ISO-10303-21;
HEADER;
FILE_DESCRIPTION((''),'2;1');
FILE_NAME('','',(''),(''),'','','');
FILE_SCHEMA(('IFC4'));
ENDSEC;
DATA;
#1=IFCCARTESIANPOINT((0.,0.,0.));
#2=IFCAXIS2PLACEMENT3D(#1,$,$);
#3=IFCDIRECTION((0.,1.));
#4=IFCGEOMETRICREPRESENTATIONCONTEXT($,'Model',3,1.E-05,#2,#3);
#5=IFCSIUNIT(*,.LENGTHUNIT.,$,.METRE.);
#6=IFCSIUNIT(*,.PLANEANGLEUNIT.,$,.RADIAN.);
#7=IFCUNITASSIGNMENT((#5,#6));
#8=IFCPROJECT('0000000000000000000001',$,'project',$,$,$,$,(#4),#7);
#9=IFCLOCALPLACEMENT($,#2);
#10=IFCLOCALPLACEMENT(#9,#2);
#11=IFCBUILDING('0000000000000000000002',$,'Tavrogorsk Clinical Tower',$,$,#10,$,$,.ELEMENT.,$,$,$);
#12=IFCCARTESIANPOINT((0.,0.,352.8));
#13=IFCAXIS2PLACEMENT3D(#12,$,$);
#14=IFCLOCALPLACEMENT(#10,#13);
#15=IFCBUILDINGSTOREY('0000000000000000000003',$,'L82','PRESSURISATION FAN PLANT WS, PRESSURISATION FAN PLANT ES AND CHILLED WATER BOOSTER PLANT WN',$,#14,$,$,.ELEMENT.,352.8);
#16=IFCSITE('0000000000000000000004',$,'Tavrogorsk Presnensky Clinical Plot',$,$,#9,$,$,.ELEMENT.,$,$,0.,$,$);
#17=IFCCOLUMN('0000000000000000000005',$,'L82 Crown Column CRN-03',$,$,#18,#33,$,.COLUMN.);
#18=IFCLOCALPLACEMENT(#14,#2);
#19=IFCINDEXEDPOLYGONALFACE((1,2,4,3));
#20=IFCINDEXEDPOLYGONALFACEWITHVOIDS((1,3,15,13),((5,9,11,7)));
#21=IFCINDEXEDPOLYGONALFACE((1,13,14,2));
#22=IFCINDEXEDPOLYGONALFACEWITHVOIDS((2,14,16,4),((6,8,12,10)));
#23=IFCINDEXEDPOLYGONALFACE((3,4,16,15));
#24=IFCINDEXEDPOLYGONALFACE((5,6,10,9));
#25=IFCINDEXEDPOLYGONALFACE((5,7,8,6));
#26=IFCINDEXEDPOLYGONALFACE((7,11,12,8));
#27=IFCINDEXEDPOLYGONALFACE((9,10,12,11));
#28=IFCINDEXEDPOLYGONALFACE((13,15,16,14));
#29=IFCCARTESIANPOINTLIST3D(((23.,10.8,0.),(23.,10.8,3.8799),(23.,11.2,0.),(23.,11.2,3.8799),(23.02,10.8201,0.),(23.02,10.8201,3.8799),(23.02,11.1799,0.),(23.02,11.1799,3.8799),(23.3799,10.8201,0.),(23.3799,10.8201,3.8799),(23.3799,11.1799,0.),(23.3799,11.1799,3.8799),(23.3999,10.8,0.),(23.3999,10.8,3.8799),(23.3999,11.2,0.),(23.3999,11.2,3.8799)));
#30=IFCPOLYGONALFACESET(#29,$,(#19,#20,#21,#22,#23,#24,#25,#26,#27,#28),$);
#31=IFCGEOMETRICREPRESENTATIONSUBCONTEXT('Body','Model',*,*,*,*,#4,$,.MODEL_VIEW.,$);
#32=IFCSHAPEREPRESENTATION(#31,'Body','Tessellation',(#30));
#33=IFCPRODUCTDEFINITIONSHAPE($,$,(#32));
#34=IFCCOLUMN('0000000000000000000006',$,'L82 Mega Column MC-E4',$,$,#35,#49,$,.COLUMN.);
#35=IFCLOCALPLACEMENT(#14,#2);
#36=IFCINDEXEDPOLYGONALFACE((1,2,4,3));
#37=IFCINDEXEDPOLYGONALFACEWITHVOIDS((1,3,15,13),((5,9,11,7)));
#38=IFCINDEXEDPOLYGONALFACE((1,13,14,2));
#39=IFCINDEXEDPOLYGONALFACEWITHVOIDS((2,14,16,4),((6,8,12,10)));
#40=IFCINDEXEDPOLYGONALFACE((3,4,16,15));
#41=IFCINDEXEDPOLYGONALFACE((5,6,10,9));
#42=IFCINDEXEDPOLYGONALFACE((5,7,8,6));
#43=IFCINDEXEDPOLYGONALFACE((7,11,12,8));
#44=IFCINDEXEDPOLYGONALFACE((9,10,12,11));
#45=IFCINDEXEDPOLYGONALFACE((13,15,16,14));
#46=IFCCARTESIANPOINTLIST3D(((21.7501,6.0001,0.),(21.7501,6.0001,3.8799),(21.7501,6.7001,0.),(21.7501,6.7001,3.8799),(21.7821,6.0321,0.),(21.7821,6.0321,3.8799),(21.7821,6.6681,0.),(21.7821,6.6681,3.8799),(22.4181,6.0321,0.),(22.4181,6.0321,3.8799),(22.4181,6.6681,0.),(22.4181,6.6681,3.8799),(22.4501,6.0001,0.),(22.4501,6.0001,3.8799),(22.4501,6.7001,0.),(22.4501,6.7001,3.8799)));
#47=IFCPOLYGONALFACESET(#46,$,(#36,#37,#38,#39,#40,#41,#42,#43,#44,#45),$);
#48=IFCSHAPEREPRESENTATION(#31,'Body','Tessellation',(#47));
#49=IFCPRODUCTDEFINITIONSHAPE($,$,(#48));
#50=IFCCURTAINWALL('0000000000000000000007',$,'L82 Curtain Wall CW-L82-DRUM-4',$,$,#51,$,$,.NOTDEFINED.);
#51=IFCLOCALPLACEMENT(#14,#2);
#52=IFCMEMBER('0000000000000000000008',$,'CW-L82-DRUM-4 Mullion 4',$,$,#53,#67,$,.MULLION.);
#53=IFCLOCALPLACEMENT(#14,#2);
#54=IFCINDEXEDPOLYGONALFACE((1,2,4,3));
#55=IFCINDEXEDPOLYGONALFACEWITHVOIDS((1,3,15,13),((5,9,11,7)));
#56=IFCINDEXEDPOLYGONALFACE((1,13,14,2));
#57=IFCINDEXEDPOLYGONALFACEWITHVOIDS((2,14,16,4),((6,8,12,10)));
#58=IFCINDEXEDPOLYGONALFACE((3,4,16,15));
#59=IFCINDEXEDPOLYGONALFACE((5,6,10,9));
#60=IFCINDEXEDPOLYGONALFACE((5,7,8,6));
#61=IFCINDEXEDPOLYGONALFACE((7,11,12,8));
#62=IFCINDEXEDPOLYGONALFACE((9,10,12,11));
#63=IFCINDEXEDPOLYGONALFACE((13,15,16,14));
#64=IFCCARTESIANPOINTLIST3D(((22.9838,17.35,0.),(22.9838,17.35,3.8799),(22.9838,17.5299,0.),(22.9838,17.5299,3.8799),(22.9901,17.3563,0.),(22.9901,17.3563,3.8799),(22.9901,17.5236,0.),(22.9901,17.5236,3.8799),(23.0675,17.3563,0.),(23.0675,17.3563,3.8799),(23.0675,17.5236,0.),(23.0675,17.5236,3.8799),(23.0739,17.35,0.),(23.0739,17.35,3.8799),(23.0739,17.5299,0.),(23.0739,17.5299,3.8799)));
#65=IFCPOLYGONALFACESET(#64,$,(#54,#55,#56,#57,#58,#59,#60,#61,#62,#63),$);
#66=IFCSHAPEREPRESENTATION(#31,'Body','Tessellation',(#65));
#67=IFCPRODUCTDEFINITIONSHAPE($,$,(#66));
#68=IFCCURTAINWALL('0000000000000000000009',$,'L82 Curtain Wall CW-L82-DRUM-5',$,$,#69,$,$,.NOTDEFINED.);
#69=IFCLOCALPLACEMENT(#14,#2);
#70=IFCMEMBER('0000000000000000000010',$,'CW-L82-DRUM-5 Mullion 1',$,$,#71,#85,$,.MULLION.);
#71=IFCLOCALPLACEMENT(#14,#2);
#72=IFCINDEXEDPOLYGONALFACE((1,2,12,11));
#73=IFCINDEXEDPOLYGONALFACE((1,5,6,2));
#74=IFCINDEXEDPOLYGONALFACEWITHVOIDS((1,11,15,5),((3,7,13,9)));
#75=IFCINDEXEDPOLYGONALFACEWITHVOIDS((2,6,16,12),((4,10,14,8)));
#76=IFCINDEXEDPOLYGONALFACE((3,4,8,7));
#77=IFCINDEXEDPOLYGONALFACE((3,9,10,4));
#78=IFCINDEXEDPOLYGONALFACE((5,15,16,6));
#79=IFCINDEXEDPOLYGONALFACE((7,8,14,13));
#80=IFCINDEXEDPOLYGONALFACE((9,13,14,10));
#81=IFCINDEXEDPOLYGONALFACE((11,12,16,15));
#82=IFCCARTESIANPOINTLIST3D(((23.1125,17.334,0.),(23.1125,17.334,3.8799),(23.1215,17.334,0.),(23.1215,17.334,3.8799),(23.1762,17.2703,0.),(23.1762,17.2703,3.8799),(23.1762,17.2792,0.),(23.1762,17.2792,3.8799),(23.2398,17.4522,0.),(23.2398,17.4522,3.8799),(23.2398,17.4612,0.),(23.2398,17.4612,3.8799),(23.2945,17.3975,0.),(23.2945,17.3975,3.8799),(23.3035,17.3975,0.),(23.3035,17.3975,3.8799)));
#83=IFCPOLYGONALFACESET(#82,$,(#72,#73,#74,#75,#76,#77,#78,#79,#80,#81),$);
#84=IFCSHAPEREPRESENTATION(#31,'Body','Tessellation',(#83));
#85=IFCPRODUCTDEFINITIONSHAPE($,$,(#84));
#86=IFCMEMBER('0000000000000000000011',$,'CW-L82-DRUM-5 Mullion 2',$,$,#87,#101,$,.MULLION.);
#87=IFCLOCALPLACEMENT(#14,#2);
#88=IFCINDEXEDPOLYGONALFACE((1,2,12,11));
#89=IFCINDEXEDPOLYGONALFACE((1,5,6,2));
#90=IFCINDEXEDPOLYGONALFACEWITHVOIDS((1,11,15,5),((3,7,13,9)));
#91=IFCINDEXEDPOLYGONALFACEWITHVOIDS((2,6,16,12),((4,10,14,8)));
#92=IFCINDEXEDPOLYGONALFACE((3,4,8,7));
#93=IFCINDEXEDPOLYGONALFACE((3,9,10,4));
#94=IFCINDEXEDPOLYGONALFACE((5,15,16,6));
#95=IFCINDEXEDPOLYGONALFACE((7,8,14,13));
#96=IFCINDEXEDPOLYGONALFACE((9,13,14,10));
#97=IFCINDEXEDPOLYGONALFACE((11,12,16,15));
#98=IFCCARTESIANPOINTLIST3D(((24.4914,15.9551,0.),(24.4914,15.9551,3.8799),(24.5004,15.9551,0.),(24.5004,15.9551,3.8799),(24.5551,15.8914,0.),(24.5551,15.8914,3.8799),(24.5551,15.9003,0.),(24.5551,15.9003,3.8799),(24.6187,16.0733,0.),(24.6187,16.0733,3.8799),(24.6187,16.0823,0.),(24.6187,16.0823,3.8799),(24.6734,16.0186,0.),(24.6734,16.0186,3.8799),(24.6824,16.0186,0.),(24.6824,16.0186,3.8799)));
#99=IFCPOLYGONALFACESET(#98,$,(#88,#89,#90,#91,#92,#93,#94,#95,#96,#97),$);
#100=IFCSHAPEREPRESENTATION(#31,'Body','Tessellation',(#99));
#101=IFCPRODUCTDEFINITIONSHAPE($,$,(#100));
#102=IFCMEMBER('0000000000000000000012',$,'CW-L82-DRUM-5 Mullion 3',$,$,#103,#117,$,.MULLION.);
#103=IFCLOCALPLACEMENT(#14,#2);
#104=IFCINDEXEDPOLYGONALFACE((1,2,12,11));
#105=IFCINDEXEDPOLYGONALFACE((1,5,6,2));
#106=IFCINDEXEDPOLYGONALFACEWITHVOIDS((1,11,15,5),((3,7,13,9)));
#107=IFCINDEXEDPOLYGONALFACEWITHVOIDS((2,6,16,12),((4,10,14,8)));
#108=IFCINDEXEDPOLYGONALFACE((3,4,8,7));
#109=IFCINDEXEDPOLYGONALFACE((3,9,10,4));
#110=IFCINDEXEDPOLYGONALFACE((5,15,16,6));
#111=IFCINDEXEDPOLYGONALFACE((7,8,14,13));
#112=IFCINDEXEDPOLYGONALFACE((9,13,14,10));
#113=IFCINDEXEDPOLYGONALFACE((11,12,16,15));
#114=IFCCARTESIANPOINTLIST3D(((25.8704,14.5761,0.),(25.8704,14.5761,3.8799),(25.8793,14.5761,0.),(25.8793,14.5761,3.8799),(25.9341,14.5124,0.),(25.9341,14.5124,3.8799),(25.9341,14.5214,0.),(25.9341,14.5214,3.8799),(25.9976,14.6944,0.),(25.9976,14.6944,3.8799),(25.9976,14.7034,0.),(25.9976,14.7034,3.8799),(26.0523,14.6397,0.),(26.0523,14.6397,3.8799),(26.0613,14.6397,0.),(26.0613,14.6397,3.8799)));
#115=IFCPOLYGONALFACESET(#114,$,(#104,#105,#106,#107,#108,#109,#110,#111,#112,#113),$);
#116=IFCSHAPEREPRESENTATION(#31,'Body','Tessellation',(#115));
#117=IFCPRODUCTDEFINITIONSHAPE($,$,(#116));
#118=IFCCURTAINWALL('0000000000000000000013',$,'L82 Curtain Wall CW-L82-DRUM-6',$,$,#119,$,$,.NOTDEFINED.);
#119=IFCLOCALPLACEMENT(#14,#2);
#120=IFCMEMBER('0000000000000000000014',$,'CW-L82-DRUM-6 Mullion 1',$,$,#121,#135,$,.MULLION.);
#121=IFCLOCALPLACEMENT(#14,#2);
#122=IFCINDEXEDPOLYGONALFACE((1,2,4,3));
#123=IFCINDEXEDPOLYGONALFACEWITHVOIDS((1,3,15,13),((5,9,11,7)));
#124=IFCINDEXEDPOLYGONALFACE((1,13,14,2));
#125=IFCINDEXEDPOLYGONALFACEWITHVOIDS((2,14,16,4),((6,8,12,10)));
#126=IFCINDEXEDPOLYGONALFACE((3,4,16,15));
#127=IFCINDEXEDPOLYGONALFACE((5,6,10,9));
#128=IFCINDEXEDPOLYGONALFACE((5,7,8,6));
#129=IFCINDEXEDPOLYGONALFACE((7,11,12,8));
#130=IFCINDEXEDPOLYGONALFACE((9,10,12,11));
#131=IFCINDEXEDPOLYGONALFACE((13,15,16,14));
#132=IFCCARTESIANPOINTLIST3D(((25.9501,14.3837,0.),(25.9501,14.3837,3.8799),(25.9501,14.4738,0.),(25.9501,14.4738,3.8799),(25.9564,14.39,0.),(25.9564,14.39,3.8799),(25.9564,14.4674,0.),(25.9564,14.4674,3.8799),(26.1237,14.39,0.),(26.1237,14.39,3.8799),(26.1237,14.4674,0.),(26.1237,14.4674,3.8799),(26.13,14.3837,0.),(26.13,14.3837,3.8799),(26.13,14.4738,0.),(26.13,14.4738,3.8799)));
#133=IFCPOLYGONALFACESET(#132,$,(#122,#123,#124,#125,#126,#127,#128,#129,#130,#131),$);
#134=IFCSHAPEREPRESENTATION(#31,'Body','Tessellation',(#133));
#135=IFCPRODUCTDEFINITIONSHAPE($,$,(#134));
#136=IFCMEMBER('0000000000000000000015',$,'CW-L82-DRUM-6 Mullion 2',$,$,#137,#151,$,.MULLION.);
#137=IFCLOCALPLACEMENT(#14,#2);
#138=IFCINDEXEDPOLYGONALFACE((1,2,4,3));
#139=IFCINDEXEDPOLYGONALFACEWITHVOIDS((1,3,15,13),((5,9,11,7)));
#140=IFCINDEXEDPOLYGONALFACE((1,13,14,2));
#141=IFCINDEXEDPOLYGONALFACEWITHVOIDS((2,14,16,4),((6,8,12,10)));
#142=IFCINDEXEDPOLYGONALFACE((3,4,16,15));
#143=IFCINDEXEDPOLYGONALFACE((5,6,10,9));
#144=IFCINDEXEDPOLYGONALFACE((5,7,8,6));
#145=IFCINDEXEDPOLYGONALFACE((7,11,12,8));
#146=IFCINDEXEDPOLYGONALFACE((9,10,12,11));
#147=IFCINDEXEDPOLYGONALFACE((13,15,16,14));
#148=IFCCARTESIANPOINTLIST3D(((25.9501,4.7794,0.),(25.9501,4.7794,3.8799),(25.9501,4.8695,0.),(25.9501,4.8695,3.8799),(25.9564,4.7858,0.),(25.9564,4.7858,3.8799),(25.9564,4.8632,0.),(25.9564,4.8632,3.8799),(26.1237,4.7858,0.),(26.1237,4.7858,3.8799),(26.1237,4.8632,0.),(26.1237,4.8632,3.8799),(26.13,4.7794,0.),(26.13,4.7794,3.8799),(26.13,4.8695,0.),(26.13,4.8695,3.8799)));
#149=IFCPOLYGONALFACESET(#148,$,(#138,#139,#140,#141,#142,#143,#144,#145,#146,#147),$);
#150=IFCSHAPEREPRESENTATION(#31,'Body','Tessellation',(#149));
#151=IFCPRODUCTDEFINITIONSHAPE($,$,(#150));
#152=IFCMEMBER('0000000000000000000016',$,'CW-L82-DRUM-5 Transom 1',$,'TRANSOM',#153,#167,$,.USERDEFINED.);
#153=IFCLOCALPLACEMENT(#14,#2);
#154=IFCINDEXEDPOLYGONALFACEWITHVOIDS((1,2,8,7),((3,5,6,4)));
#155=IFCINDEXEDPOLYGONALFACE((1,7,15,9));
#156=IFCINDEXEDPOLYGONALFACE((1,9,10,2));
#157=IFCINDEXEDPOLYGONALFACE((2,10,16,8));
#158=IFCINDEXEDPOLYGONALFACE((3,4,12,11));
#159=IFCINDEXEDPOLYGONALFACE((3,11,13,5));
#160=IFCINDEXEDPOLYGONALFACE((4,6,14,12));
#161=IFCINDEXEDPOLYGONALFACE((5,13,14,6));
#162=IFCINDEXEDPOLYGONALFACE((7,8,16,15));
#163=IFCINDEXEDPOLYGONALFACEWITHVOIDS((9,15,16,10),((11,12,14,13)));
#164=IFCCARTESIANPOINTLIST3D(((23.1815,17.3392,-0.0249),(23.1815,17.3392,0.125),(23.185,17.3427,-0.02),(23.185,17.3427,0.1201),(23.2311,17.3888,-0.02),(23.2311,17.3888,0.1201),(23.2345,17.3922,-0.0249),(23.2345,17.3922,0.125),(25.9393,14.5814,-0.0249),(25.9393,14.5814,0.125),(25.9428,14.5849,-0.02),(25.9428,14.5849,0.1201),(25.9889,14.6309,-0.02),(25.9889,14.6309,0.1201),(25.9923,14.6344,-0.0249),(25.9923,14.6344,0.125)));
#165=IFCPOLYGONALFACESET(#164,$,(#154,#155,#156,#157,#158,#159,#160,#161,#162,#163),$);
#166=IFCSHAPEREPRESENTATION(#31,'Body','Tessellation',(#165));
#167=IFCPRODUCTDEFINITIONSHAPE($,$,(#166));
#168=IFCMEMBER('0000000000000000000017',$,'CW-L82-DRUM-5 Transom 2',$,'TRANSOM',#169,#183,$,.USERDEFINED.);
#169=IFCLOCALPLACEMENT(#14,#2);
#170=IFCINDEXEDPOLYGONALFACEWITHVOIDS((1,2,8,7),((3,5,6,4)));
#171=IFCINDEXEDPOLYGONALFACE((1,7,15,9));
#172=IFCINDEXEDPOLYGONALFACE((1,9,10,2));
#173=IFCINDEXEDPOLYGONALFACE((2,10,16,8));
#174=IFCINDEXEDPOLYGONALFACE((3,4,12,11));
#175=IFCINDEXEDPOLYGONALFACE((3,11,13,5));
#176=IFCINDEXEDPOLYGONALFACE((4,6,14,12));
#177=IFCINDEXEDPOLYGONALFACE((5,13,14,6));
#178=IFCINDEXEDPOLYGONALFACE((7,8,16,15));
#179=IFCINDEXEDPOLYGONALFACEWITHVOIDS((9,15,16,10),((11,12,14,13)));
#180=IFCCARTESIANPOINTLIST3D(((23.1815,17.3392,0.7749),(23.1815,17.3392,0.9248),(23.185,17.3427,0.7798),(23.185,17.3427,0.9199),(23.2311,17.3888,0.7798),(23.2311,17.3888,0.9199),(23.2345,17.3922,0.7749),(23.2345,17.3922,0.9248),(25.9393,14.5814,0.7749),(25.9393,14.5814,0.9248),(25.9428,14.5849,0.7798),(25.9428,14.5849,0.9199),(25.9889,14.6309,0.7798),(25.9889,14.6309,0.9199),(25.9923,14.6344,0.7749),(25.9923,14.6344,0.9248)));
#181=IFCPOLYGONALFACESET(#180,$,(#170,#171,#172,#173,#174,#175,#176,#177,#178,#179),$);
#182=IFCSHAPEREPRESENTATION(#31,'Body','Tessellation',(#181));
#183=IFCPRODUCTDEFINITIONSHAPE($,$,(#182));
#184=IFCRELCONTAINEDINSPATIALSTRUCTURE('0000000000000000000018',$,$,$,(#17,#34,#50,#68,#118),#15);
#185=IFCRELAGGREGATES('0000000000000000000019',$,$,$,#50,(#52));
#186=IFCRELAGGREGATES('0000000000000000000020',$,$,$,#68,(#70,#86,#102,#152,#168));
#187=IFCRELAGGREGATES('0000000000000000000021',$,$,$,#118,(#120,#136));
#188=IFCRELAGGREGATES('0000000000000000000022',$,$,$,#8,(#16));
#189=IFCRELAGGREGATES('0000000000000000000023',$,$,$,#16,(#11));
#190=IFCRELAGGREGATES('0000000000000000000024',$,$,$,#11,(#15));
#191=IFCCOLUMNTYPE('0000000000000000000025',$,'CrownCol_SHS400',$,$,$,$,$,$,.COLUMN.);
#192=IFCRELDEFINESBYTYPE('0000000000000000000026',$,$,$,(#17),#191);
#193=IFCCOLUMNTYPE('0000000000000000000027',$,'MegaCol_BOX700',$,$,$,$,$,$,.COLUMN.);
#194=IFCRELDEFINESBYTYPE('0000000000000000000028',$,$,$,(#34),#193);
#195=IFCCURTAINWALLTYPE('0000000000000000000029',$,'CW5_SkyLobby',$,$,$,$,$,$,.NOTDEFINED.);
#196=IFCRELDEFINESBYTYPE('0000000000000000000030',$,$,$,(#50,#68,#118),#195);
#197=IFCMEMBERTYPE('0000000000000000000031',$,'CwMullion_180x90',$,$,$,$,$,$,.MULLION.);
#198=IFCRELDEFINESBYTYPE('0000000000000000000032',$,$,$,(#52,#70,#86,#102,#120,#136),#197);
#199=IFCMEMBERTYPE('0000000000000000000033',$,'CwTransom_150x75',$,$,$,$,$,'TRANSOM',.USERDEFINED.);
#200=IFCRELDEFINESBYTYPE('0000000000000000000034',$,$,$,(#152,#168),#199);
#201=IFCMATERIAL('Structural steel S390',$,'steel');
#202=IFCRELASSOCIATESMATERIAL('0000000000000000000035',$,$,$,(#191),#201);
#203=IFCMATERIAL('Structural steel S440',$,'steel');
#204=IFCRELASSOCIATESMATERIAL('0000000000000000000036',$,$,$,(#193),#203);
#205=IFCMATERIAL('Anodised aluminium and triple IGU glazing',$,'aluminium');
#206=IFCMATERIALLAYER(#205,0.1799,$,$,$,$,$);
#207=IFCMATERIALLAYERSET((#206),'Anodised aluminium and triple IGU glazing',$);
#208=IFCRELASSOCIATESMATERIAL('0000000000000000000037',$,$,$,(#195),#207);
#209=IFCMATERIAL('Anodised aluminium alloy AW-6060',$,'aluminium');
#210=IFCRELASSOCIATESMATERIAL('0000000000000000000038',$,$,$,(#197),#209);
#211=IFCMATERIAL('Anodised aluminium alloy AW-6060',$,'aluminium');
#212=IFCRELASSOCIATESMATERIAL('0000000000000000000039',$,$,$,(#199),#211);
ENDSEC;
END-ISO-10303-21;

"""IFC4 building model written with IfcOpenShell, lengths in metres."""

from ifc_helpers import new_model, si_unit, direction, frame, origin, origin_2d, place, context, subcontext, project, spatial, hollow_rectangle, extrude, material, layer, layer_set, material_profile, profile_set, type_object, element, aggregate, save


model = new_model("IFC4")

# Units and contexts
model_context = context("Model", 3, precision=1e-05, world=origin(), true_north=direction((0.0, 1.0)))
body_context = subcontext(model_context, "Body", "Model", "MODEL_VIEW")
ifc_project = project(units=[si_unit("LENGTHUNIT", "METRE"), si_unit("PLANEANGLEUNIT", "RADIAN")], contexts=[model_context])

# Site, building, storey
site_placement = place(None, origin())
site = spatial("IfcSite", under=ifc_project, at=site_placement, Name="Tavrogorsk Presnensky Clinical Plot", CompositionType="ELEMENT", RefElevation=0.0)
building_placement = place(site_placement, origin())
building = spatial("IfcBuilding", under=site, at=building_placement, Name="Tavrogorsk Clinical Tower", CompositionType="ELEMENT")
storey_placement = place(building_placement, frame((0.0, 0.0, 352.8)))
storey = spatial("IfcBuildingStorey", under=building, at=storey_placement, Name="L82", Description="PRESSURISATION FAN PLANT WS, PRESSURISATION FAN PLANT ES AND CHILLED WATER BOOSTER PLANT WN", CompositionType="ELEMENT", Elevation=352.8)

# Columns
ifc_material_1 = material(Name="Structural steel S390", Category="steel")
ifc_material_profile_1 = material_profile(ifc_material_1, hollow_rectangle(XDim=0.3999, YDim=0.3999, WallThickness=0.02, at=origin_2d()), Name="SHS-400x400x20")
ifc_profile_set_1 = profile_set([ifc_material_profile_1], Name="Structural steel S390")
column_type_1 = type_object("IfcColumnType", Name="CrownCol_SHS400", PredefinedType="COLUMN", material=ifc_profile_set_1)
column_1_placement = place(storey_placement, frame((23.2, 11.0, 0.0), z_axis=(0.0, 0.0, 1.0), x_axis=(1.0, 0.0, 0.0)))
element("IfcColumn", 1, at=column_1_placement, inside=storey, type_object=column_type_1, Name="L82 Crown Column CRN-03", PredefinedType="COLUMN", context=body_context, shape_type="SweptSolid", body=[
    extrude(hollow_rectangle(XDim=0.3999, YDim=0.3999, WallThickness=0.02, at=origin_2d()), origin(), (0.0, 0.0, 1.0), 3.8799),
])
ifc_material_2 = material(Name="Structural steel S440", Category="steel")
ifc_material_profile_2 = material_profile(ifc_material_2, hollow_rectangle(XDim=0.7, YDim=0.7, WallThickness=0.032, at=origin_2d()), Name="BOX-700x700x32")
ifc_profile_set_2 = profile_set([ifc_material_profile_2], Name="Structural steel S440")
column_type_2 = type_object("IfcColumnType", Name="MegaCol_BOX700", PredefinedType="COLUMN", material=ifc_profile_set_2)
column_2_placement = place(storey_placement, frame((22.1001, 6.3501, 0.0), z_axis=(0.0, 0.0, 1.0), x_axis=(1.0, 0.0, 0.0)))
element("IfcColumn", 2, at=column_2_placement, inside=storey, type_object=column_type_2, Name="L82 Mega Column MC-E4", PredefinedType="COLUMN", context=body_context, shape_type="SweptSolid", body=[
    extrude(hollow_rectangle(XDim=0.7, YDim=0.7, WallThickness=0.032, at=origin_2d()), origin(), (0.0, 0.0, 1.0), 3.8799),
])

# Curtain wall, member
ifc_material_3 = material(Name="Anodised aluminium and triple IGU glazing", Category="aluminium")
ifc_layer_1 = layer(ifc_material_3, 0.1799)
ifc_layer_set_1 = layer_set([ifc_layer_1], Name="Anodised aluminium and triple IGU glazing")
curtain_wall_type = type_object("IfcCurtainWallType", Name="CW5_SkyLobby", PredefinedType="NOTDEFINED", material=ifc_layer_set_1)
curtain_wall_1_placement = place(storey_placement, origin())
curtain_wall_1 = element("IfcCurtainWall", 3, at=curtain_wall_1_placement, inside=storey, type_object=curtain_wall_type, Name="L82 Curtain Wall CW-L82-DRUM-4", PredefinedType="NOTDEFINED")
ifc_material_4 = material(Name="Anodised aluminium alloy AW-6060", Category="aluminium")
ifc_material_profile_3 = material_profile(ifc_material_4, hollow_rectangle(XDim=0.0901, YDim=0.1799, WallThickness=0.0063, at=origin_2d()), Name="RHS-180x90x6.3")
ifc_profile_set_3 = profile_set([ifc_material_profile_3], Name="Anodised aluminium alloy AW-6060")
member_type_1 = type_object("IfcMemberType", Name="CwMullion_180x90", PredefinedType="MULLION", material=ifc_profile_set_3)
member_1_placement = place(storey_placement, frame((23.0288, 17.4399, 0.0), z_axis=(0.0, 0.0, 1.0), x_axis=(1.0, 0.0, 0.0)))
member_1 = element("IfcMember", 4, at=member_1_placement, type_object=member_type_1, Name="CW-L82-DRUM-4 Mullion 4", PredefinedType="MULLION", context=body_context, shape_type="SweptSolid", body=[
    extrude(hollow_rectangle(XDim=0.0901, YDim=0.1799, WallThickness=0.0063, at=origin_2d()), origin(), (0.0, 0.0, 1.0), 3.8799),
])
aggregate(curtain_wall_1, [member_1])

# Curtain walls, members
curtain_wall_2_placement = place(storey_placement, origin())
curtain_wall_2 = element("IfcCurtainWall", 5, at=curtain_wall_2_placement, inside=storey, type_object=curtain_wall_type, Name="L82 Curtain Wall CW-L82-DRUM-5", PredefinedType="NOTDEFINED")
member_2_placement = place(storey_placement, frame((23.208, 17.3657, 0.0), z_axis=(0.0, 0.0, 1.0), x_axis=(0.707107, -0.707107, 0.0)))
member_2 = element("IfcMember", 6, at=member_2_placement, type_object=member_type_1, Name="CW-L82-DRUM-5 Mullion 1", PredefinedType="MULLION", context=body_context, shape_type="SweptSolid", body=[
    extrude(hollow_rectangle(XDim=0.0901, YDim=0.1799, WallThickness=0.0063, at=origin_2d()), origin(), (0.0, 0.0, 1.0), 3.8799),
])
member_3_placement = place(storey_placement, frame((24.5869, 15.9868, 0.0), z_axis=(0.0, 0.0, 1.0), x_axis=(0.707107, -0.707107, 0.0)))
member_3 = element("IfcMember", 7, at=member_3_placement, type_object=member_type_1, Name="CW-L82-DRUM-5 Mullion 2", PredefinedType="MULLION", context=body_context, shape_type="SweptSolid", body=[
    extrude(hollow_rectangle(XDim=0.0901, YDim=0.1799, WallThickness=0.0063, at=origin_2d()), origin(), (0.0, 0.0, 1.0), 3.8799),
])
member_4_placement = place(storey_placement, frame((25.9658, 14.6079, 0.0), z_axis=(0.0, 0.0, 1.0), x_axis=(0.707107, -0.707107, 0.0)))
member_4 = element("IfcMember", 8, at=member_4_placement, type_object=member_type_1, Name="CW-L82-DRUM-5 Mullion 3", PredefinedType="MULLION", context=body_context, shape_type="SweptSolid", body=[
    extrude(hollow_rectangle(XDim=0.0901, YDim=0.1799, WallThickness=0.0063, at=origin_2d()), origin(), (0.0, 0.0, 1.0), 3.8799),
])
curtain_wall_3_placement = place(storey_placement, origin())
curtain_wall_3 = element("IfcCurtainWall", 9, at=curtain_wall_3_placement, inside=storey, type_object=curtain_wall_type, Name="L82 Curtain Wall CW-L82-DRUM-6", PredefinedType="NOTDEFINED")
member_5_placement = place(storey_placement, frame((26.04, 14.4287, 0.0), z_axis=(0.0, 0.0, 1.0), x_axis=(0.0, -1.0, 0.0)))
member_5 = element("IfcMember", 10, at=member_5_placement, type_object=member_type_1, Name="CW-L82-DRUM-6 Mullion 1", PredefinedType="MULLION", context=body_context, shape_type="SweptSolid", body=[
    extrude(hollow_rectangle(XDim=0.0901, YDim=0.1799, WallThickness=0.0063, at=origin_2d()), origin(), (0.0, 0.0, 1.0), 3.8799),
])
member_6_placement = place(storey_placement, frame((26.04, 4.8245, 0.0), z_axis=(0.0, 0.0, 1.0), x_axis=(0.0, -1.0, 0.0)))
member_6 = element("IfcMember", 11, at=member_6_placement, type_object=member_type_1, Name="CW-L82-DRUM-6 Mullion 2", PredefinedType="MULLION", context=body_context, shape_type="SweptSolid", body=[
    extrude(hollow_rectangle(XDim=0.0901, YDim=0.1799, WallThickness=0.0063, at=origin_2d()), origin(), (0.0, 0.0, 1.0), 3.8799),
])

# Members
ifc_material_5 = material(Name="Anodised aluminium alloy AW-6060", Category="aluminium")
ifc_material_profile_4 = material_profile(ifc_material_5, hollow_rectangle(XDim=0.075, YDim=0.1499, WallThickness=0.0049, at=origin_2d()), Name="RHS-150x75x5")
ifc_profile_set_4 = profile_set([ifc_material_profile_4], Name="Anodised aluminium alloy AW-6060")
member_type_2 = type_object("IfcMemberType", Name="CwTransom_150x75", ElementType="TRANSOM", PredefinedType="USERDEFINED", material=ifc_profile_set_4)
member_7_placement = place(storey_placement, frame((23.208, 17.3657, 0.05), z_axis=(0.707107, -0.707107, 0.0), x_axis=(0.707107, 0.707107, 0.0)))
member_7 = element("IfcMember", 12, at=member_7_placement, type_object=member_type_2, Name="CW-L82-DRUM-5 Transom 1", ObjectType="TRANSOM", PredefinedType="USERDEFINED", context=body_context, shape_type="SweptSolid", body=[
    extrude(hollow_rectangle(XDim=0.075, YDim=0.1499, WallThickness=0.0049, at=origin_2d()), origin(), (0.0, 0.0, 1.0), 3.9001),
])
member_8_placement = place(storey_placement, frame((23.208, 17.3657, 0.8499), z_axis=(0.707107, -0.707107, 0.0), x_axis=(0.707107, 0.707107, 0.0)))
member_8 = element("IfcMember", 13, at=member_8_placement, type_object=member_type_2, Name="CW-L82-DRUM-5 Transom 2", ObjectType="TRANSOM", PredefinedType="USERDEFINED", context=body_context, shape_type="SweptSolid", body=[
    extrude(hollow_rectangle(XDim=0.075, YDim=0.1499, WallThickness=0.0049, at=origin_2d()), origin(), (0.0, 0.0, 1.0), 3.9001),
])

aggregate(curtain_wall_2, [member_2, member_3, member_4, member_7, member_8])
aggregate(curtain_wall_3, [member_5, member_6])

save(model, "model.ifc")
